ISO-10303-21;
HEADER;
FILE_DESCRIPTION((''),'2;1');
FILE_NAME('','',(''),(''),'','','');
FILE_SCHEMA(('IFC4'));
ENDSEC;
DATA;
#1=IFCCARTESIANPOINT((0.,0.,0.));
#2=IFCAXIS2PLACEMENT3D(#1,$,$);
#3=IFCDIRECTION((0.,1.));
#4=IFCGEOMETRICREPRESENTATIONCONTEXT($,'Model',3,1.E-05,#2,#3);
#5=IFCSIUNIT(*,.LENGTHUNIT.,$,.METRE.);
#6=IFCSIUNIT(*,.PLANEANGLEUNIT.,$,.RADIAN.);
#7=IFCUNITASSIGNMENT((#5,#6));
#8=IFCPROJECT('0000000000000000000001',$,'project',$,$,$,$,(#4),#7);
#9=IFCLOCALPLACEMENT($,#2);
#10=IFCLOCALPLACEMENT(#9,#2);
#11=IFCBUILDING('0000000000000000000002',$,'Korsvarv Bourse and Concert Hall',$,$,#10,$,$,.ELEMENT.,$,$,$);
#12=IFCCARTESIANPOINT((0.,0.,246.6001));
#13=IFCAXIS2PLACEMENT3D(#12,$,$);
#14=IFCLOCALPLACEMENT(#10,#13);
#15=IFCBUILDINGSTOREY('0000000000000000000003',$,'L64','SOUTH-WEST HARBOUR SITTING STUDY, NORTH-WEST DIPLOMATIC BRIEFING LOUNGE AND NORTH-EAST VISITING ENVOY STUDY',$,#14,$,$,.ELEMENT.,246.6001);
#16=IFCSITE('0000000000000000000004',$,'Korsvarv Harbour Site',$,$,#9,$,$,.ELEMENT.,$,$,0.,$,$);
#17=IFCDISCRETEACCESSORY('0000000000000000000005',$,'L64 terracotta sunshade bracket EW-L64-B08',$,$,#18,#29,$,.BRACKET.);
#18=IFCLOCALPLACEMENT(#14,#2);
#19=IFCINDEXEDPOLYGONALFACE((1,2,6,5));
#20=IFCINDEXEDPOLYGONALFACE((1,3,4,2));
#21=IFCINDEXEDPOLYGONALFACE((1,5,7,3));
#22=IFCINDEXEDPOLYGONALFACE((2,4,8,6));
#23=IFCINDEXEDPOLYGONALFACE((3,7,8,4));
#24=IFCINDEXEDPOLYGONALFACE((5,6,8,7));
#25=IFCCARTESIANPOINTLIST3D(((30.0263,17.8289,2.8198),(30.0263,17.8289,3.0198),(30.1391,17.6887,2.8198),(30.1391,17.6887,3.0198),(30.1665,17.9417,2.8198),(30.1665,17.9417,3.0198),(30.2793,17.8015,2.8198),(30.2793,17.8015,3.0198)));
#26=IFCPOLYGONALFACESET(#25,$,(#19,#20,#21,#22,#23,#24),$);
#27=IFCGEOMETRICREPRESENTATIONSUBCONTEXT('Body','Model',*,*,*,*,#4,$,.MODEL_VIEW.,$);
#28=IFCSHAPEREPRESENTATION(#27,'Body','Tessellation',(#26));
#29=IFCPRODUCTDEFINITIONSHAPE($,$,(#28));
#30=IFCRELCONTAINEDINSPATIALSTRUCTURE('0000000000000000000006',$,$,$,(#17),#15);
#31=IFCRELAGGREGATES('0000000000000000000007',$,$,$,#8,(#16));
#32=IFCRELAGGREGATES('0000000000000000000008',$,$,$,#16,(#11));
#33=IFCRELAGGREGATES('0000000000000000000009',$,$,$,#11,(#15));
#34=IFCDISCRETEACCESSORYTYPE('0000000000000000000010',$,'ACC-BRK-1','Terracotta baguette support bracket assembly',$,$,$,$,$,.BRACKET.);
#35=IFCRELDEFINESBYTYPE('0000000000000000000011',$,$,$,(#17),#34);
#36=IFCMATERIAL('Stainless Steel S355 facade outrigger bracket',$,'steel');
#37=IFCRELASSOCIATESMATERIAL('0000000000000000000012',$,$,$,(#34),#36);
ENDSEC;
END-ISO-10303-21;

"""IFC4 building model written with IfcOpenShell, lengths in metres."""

from ifc_helpers import new_model, si_unit, direction, frame, origin, origin_2d, place, context, subcontext, project, spatial, rectangle, extrude, source, transform, mapped, material, type_object, element, save


model = new_model("IFC4")

# Units and contexts
model_context = context("Model", 3, precision=1e-05, world=origin(), true_north=direction((0.0, 1.0)))
body_context = subcontext(model_context, "Body", "Model", "MODEL_VIEW")
ifc_project = project(units=[si_unit("LENGTHUNIT", "METRE"), si_unit("PLANEANGLEUNIT", "RADIAN")], contexts=[model_context])

# Site, building, storey
site_placement = place(None, origin())
site = spatial("IfcSite", under=ifc_project, at=site_placement, Name="Korsvarv Harbour Site", CompositionType="ELEMENT", RefElevation=0.0)
building_placement = place(site_placement, origin())
building = spatial("IfcBuilding", under=site, at=building_placement, Name="Korsvarv Bourse and Concert Hall", CompositionType="ELEMENT")
storey_placement = place(building_placement, frame((0.0, 0.0, 246.6001)))
storey = spatial("IfcBuildingStorey", under=building, at=storey_placement, Name="L64", Description="SOUTH-WEST HARBOUR SITTING STUDY, NORTH-WEST DIPLOMATIC BRIEFING LOUNGE AND NORTH-EAST VISITING ENVOY STUDY", CompositionType="ELEMENT", Elevation=246.6001)

# Discrete accessory
ifc_material_1 = material(Name="Stainless Steel S355 facade outrigger bracket", Category="steel")
discrete_accessory_type = type_object("IfcDiscreteAccessoryType", Name="ACC-BRK-1", Description="Terracotta baguette support bracket assembly", PredefinedType="BRACKET", material=ifc_material_1)
shared_shape_1 = source(origin(), body_context, "Body", "SweptSolid", [
    extrude(rectangle(XDim=0.1799, YDim=0.1799, at=origin_2d()), origin(), (0.0, 0.0, 1.0), 0.2),
])
discrete_accessory_placement = place(storey_placement, frame((30.1528, 17.8152, 2.8198), z_axis=(0.0, 0.0, 1.0), x_axis=(0.626876, -0.779119, 0.0)))
element("IfcDiscreteAccessory", 1, at=discrete_accessory_placement, inside=storey, type_object=discrete_accessory_type, Name="L64 terracotta sunshade bracket EW-L64-B08", PredefinedType="BRACKET", context=body_context, shape_type="MappedRepresentation", body=[
    mapped(shared_shape_1, transform((0.0, 0.0, 0.0), scale=1.0)),
])

save(model, "model.ifc")
